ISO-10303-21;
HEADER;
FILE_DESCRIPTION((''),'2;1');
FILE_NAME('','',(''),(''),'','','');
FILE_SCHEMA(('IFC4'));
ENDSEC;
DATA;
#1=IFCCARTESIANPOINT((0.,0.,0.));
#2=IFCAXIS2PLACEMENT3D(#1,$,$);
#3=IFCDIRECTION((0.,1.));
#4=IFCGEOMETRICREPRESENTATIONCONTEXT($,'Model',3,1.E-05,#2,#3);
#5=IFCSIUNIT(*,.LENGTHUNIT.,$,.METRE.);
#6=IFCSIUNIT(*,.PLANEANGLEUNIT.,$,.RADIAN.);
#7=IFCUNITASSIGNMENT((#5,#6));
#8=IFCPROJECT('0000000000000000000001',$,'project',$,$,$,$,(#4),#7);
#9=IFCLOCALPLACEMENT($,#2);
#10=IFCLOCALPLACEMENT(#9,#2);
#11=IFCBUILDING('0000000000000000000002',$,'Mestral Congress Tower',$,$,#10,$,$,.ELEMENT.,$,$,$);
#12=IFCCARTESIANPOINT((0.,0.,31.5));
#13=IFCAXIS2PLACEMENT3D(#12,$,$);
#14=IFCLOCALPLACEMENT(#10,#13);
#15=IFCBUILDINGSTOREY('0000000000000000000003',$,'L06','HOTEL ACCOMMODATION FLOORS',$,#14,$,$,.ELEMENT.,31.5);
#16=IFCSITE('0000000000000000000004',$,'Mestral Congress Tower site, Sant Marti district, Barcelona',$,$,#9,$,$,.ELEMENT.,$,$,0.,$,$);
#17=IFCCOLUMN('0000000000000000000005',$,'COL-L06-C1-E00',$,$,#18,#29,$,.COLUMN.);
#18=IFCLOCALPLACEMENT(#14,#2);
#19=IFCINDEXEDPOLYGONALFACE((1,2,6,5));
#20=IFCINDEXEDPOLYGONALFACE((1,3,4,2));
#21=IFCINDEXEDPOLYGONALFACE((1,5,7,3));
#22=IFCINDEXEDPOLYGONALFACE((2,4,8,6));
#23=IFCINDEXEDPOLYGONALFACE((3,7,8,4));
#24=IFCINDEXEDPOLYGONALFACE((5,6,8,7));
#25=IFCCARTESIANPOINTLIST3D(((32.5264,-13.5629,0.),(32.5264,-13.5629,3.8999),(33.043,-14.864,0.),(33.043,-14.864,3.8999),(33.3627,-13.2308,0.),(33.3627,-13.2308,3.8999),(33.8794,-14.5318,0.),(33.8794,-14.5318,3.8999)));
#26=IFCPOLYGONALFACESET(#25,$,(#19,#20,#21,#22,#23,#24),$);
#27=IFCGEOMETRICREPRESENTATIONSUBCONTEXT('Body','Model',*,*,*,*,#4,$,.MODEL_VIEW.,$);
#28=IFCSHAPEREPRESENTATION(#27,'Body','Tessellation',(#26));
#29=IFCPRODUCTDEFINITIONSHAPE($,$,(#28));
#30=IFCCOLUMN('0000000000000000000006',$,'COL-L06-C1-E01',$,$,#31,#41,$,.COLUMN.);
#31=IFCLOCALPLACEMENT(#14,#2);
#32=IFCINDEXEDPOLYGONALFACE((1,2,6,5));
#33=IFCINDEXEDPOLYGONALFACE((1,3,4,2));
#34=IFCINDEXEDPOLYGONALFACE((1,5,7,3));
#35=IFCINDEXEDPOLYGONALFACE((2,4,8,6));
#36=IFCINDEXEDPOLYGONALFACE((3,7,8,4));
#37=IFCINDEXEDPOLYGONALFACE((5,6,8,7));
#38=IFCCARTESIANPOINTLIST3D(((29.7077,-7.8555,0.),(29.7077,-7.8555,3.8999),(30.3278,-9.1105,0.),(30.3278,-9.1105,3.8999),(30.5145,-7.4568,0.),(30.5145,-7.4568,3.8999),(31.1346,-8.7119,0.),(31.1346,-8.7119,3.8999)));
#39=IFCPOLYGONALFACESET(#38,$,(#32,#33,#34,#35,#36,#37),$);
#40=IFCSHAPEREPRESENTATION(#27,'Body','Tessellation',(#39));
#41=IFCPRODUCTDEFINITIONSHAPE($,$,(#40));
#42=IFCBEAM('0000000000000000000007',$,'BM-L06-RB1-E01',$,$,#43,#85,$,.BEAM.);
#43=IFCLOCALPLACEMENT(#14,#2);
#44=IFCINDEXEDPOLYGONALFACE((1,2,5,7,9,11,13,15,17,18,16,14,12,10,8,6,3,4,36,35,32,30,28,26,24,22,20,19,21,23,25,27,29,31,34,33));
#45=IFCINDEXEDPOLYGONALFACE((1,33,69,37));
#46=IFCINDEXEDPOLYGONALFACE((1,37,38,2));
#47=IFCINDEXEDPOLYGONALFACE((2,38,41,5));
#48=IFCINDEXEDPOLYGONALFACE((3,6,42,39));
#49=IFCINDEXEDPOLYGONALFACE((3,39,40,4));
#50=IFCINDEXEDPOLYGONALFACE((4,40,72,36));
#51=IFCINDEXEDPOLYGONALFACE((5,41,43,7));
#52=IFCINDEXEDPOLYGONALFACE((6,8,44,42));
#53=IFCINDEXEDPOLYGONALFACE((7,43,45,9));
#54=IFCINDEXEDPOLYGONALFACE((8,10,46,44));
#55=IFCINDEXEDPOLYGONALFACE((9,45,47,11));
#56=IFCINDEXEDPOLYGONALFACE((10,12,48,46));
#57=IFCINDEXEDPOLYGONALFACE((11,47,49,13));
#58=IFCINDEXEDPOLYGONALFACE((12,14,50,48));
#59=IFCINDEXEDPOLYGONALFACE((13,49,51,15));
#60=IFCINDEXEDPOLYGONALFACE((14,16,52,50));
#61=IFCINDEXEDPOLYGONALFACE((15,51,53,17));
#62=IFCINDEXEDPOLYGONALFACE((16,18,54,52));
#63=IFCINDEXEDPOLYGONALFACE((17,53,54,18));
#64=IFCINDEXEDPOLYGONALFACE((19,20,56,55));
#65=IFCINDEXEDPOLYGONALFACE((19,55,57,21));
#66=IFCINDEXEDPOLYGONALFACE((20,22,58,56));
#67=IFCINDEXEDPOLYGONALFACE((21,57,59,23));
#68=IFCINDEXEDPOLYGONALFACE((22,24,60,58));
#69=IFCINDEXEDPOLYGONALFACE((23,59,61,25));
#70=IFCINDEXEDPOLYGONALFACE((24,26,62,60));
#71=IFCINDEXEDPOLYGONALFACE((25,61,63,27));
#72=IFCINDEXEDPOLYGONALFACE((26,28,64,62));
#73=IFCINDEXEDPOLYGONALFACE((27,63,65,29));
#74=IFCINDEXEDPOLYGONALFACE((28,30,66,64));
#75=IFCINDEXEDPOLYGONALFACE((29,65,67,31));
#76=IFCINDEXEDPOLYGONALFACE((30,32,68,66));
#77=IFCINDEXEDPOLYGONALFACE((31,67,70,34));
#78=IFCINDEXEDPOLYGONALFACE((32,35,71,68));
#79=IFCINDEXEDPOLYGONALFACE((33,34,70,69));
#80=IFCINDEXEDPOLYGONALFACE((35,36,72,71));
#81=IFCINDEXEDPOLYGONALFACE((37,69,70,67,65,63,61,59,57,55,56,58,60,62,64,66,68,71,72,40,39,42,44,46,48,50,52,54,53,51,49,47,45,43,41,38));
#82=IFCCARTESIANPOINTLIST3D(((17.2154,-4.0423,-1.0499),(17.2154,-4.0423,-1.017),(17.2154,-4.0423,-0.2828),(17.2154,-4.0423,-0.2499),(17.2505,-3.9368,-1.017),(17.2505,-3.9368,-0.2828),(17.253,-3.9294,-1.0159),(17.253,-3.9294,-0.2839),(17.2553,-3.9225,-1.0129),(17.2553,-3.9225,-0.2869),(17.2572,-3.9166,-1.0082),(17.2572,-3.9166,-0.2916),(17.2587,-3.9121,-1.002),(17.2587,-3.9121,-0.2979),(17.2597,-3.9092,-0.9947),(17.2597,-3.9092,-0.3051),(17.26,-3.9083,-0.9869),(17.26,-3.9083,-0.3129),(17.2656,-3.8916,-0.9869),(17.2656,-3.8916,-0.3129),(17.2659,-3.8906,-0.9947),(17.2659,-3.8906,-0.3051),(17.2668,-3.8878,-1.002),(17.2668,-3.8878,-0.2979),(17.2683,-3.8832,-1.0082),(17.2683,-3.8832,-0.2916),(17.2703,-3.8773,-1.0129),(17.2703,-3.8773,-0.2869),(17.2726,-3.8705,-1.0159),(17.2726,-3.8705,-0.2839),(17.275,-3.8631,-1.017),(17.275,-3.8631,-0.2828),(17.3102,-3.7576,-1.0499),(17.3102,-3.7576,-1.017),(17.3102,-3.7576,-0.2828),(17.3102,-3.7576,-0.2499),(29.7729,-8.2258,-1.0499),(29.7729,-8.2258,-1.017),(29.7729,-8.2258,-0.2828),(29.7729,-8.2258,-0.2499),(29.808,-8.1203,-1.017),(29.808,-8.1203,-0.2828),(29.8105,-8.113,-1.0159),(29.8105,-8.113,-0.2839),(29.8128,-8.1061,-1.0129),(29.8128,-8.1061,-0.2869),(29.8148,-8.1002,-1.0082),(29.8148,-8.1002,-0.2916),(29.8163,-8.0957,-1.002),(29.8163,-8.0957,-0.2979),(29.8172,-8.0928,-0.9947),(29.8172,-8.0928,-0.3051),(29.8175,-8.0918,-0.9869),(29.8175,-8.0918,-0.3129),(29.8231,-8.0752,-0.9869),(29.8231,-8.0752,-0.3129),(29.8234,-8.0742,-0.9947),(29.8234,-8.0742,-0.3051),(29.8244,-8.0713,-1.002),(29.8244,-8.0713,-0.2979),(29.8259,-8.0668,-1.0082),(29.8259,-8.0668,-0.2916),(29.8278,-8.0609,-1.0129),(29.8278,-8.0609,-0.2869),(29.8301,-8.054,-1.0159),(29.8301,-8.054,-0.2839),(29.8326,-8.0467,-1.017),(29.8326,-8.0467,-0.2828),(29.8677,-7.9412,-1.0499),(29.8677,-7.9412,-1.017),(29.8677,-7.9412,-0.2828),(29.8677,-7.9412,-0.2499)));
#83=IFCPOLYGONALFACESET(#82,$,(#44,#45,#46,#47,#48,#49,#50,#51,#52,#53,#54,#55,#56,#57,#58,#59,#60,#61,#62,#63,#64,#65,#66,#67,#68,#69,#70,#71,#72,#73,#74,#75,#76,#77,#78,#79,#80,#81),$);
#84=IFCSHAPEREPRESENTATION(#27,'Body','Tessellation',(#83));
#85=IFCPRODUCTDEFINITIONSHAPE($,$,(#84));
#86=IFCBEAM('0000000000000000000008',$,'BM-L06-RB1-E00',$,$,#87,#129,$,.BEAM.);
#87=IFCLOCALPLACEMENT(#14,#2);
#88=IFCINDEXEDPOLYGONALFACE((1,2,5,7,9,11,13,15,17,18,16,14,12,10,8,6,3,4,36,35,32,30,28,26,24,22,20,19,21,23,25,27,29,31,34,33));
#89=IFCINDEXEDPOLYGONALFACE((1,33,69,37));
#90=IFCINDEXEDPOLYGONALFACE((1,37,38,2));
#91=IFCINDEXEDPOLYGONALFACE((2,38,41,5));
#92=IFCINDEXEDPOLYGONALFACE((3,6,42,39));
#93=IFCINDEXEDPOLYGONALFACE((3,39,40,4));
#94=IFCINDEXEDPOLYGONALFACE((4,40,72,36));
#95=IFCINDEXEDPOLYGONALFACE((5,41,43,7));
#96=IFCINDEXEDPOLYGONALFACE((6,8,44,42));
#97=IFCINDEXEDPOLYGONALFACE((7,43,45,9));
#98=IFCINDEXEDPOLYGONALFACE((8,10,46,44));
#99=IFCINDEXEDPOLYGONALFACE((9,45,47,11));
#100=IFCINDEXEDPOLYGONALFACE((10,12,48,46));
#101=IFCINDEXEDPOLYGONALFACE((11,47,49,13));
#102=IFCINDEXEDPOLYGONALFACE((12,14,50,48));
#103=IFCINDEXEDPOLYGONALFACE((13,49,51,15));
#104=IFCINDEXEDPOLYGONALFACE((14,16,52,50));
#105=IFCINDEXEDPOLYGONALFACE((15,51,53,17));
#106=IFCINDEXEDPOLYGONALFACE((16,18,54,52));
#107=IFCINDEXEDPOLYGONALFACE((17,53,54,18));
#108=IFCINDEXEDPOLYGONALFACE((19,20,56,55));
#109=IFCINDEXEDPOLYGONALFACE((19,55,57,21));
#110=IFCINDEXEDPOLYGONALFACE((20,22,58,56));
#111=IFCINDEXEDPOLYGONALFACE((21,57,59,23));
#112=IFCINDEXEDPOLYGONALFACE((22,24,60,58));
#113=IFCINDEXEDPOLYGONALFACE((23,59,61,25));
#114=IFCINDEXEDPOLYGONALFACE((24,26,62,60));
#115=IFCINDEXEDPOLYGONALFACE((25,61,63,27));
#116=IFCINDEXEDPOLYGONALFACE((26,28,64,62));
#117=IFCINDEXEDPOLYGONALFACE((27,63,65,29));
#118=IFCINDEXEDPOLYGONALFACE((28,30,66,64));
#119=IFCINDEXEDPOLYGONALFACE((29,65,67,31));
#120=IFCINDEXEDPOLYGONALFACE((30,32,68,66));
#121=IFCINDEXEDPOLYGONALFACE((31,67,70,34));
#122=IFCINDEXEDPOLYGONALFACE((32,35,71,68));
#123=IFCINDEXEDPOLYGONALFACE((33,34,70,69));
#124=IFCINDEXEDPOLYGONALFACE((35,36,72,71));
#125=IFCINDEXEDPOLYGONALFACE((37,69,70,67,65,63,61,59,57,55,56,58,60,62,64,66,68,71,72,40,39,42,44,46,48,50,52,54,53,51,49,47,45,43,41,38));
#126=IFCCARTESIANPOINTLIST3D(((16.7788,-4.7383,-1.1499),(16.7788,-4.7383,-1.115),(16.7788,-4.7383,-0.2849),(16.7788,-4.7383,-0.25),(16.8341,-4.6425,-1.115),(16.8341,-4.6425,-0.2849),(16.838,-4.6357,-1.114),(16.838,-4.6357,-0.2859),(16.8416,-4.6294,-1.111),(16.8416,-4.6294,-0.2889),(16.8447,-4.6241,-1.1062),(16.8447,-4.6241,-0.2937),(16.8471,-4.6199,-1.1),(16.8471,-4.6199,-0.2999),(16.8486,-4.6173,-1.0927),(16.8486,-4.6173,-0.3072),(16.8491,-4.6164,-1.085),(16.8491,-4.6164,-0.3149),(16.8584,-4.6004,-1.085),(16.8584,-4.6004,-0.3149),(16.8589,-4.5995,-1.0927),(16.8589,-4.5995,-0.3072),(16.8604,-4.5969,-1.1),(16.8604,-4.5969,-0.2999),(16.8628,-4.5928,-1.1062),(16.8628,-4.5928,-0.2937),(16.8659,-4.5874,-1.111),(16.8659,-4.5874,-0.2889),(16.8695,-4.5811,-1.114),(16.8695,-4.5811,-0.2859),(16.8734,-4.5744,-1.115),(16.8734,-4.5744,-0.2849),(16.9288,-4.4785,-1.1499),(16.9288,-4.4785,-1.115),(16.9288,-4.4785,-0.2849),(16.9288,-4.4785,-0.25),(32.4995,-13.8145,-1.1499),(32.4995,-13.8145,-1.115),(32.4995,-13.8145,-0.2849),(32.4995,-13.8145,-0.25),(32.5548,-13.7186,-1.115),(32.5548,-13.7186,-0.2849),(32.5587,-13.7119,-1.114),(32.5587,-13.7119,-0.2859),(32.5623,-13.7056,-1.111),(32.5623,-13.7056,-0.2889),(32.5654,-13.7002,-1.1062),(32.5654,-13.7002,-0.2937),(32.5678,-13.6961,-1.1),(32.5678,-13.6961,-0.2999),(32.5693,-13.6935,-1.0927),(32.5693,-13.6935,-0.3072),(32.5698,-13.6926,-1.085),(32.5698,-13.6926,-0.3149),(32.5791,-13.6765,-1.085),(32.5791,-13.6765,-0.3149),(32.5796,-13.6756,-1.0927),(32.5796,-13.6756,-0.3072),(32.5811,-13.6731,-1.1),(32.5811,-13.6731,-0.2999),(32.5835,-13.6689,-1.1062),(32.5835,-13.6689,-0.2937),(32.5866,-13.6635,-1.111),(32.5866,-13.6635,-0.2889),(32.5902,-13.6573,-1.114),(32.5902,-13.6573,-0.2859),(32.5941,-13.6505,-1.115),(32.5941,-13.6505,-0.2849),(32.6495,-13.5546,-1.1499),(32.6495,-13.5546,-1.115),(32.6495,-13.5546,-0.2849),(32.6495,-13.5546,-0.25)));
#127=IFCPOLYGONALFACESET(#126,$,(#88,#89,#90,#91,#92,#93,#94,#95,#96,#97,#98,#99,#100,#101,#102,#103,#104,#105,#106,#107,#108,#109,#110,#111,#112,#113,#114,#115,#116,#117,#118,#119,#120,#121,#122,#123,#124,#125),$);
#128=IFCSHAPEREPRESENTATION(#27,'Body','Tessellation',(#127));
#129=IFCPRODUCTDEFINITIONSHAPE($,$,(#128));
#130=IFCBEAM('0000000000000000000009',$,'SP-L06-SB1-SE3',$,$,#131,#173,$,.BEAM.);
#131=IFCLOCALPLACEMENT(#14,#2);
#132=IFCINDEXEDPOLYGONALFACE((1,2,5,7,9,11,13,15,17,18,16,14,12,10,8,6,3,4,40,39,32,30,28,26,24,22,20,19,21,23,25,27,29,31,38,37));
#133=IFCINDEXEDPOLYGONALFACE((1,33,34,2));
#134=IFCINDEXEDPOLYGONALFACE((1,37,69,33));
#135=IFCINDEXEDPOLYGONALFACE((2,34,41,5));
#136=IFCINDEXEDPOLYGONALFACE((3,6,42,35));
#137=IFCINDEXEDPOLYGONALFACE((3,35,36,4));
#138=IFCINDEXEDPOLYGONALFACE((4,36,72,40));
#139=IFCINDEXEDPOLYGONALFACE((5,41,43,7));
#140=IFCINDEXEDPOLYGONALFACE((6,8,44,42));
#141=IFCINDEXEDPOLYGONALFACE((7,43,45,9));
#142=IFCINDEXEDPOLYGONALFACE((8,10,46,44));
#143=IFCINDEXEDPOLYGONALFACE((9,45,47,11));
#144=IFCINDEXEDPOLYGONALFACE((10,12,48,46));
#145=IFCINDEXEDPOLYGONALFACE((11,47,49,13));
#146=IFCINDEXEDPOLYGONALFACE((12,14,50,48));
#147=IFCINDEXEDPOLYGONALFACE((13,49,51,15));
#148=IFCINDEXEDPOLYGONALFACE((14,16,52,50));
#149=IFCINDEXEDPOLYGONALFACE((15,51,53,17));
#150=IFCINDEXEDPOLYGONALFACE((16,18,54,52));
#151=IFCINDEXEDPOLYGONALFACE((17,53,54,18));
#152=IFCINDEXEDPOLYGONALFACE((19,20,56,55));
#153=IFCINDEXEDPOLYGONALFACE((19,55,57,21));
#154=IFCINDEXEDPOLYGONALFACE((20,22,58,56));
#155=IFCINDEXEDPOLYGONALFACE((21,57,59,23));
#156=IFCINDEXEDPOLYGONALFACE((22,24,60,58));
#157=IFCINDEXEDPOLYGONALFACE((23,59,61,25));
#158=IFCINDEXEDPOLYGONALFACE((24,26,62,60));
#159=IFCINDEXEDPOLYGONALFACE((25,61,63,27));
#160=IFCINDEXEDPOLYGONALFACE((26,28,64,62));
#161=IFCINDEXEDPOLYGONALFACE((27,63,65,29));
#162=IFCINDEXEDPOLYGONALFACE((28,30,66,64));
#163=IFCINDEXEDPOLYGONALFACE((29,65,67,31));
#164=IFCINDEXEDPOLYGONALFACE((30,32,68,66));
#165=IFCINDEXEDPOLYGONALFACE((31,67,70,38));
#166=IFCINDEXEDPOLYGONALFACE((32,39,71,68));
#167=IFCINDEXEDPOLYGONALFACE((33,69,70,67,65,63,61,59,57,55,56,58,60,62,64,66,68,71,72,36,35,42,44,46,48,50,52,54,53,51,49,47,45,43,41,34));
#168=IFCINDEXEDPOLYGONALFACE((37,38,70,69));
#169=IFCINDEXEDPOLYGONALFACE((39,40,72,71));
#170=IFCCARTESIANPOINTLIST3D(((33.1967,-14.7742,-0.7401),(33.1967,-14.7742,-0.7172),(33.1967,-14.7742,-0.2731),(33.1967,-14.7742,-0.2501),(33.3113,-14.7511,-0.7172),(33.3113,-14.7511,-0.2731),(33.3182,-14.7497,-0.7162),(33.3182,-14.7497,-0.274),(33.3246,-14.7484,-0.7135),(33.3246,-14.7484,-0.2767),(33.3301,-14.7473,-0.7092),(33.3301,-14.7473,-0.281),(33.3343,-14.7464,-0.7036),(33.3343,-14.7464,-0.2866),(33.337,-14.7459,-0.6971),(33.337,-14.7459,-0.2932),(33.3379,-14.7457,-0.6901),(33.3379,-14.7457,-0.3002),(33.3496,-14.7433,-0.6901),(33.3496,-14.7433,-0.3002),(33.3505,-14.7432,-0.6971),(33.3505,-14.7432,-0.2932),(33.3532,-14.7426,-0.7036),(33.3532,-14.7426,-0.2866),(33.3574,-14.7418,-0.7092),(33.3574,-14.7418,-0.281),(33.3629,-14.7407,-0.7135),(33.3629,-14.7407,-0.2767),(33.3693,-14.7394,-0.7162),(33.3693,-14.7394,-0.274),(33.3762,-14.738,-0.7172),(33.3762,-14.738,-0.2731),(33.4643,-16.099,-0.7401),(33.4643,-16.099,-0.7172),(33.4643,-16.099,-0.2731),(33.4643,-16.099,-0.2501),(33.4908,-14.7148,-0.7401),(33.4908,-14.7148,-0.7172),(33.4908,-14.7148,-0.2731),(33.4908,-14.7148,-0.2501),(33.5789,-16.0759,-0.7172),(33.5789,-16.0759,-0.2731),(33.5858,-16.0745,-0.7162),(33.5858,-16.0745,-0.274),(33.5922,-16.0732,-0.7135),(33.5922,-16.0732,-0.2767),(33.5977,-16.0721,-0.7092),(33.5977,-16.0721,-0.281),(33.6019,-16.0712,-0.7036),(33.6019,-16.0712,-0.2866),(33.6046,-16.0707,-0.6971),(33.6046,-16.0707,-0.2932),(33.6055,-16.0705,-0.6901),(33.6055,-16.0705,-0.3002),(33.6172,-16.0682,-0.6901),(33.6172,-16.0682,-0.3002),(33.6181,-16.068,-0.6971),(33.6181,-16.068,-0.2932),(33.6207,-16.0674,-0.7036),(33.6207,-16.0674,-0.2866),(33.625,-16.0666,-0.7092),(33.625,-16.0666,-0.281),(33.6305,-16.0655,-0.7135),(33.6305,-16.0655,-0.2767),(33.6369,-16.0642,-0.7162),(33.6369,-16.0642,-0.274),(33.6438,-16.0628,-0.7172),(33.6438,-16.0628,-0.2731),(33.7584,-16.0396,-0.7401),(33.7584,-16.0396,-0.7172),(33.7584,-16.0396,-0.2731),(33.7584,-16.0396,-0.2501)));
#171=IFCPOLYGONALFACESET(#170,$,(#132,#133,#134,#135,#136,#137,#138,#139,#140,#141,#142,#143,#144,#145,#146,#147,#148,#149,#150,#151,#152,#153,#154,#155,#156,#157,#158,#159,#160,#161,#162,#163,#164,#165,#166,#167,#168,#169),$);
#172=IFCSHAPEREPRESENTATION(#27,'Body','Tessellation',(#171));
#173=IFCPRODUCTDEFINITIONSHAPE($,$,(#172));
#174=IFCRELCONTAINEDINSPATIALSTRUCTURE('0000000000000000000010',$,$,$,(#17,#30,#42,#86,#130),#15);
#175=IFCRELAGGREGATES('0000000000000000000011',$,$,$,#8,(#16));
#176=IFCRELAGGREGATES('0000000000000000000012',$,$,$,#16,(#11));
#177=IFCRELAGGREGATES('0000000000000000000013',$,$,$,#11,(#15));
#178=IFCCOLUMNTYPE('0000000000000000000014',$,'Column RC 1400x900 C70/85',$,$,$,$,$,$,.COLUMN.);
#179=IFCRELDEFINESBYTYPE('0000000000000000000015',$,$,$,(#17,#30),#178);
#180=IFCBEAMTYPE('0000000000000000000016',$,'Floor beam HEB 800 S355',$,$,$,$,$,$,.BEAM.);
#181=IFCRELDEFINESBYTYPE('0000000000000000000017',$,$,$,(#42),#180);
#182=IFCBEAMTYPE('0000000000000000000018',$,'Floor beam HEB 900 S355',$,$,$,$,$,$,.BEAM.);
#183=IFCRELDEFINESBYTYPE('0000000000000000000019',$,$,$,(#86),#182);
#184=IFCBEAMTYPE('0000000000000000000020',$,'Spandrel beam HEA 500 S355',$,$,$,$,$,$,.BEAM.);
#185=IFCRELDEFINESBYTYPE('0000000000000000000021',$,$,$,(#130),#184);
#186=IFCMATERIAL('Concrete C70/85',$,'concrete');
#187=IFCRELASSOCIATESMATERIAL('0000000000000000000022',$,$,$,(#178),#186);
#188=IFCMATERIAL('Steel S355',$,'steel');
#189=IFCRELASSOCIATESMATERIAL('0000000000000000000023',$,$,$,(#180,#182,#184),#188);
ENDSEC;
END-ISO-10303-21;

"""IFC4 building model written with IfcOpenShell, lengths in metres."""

from ifc_helpers import new_model, si_unit, direction, frame, origin, origin_2d, place, context, subcontext, project, spatial, rectangle, i_section, extrude, material, material_profile, profile_set, type_object, element, save


model = new_model("IFC4")

# Units and contexts
model_context = context("Model", 3, precision=1e-05, world=origin(), true_north=direction((0.0, 1.0)))
body_context = subcontext(model_context, "Body", "Model", "MODEL_VIEW")
ifc_project = project(units=[si_unit("LENGTHUNIT", "METRE"), si_unit("PLANEANGLEUNIT", "RADIAN")], contexts=[model_context])

# Site, building, storey
site_placement = place(None, origin())
site = spatial("IfcSite", under=ifc_project, at=site_placement, Name="Mestral Congress Tower site, Sant Marti district, Barcelona", CompositionType="ELEMENT", RefElevation=0.0)
building_placement = place(site_placement, origin())
building = spatial("IfcBuilding", under=site, at=building_placement, Name="Mestral Congress Tower", CompositionType="ELEMENT")
storey_placement = place(building_placement, frame((0.0, 0.0, 31.5)))
storey = spatial("IfcBuildingStorey", under=building, at=storey_placement, Name="L06", Description="HOTEL ACCOMMODATION FLOORS", CompositionType="ELEMENT", Elevation=31.5)

# Columns
ifc_material_1 = material(Name="Concrete C70/85", Category="concrete")
ifc_material_profile_1 = material_profile(ifc_material_1, rectangle(XDim=1.3999, YDim=0.8999, at=origin_2d()), Name="RC 1400x900")
ifc_profile_set_1 = profile_set([ifc_material_profile_1], Name="Concrete C70/85")
column_type = type_object("IfcColumnType", Name="Column RC 1400x900 C70/85", PredefinedType="COLUMN", material=ifc_profile_set_1)
for number, where, z_axis, x_axis, name in (
    (1, (33.2029, -14.0474, 0.0), (0.0, 0.0, 1.0), (-0.36909, 0.929394, 0.0), "COL-L06-C1-E00"),
    (2, (30.4211, -8.2837, 0.0), (0.0, 0.0, 1.0), (-0.442959, 0.896542, 0.0), "COL-L06-C1-E01"),
):
    element("IfcColumn", number, at=place(storey_placement, frame(where, z_axis=z_axis, x_axis=x_axis)), inside=storey, type_object=column_type, Name=name, PredefinedType="COLUMN", context=body_context, shape_type="SweptSolid", body=[
        extrude(rectangle(XDim=1.3999, YDim=0.8999, at=origin_2d()), origin(), (0.0, 0.0, 1.0), 3.8999),
    ])

# Beams
ifc_material_2 = material(Name="Steel S355", Category="steel")
ifc_material_profile_2 = material_profile(ifc_material_2, i_section(OverallWidth=0.3, OverallDepth=0.8, WebThickness=0.0176, FlangeThickness=0.033, FilletRadius=0.03, at=origin_2d()), Name="HEB 800")
ifc_profile_set_2 = profile_set([ifc_material_profile_2], Name="Steel S355")
beam_type_1 = type_object("IfcBeamType", Name="Floor beam HEB 800 S355", PredefinedType="BEAM", material=ifc_profile_set_2)
beam_1_placement = place(storey_placement, frame((29.8203, -8.0835, -0.6499), z_axis=(-0.948735, 0.316073, 0.0), x_axis=(-0.316073, -0.948735, 0.0)))
element("IfcBeam", 3, at=beam_1_placement, inside=storey, type_object=beam_type_1, Name="BM-L06-RB1-E01", PredefinedType="BEAM", context=body_context, shape_type="SweptSolid", body=[
    extrude(i_section(OverallWidth=0.3, OverallDepth=0.8, WebThickness=0.0176, FlangeThickness=0.033, FilletRadius=0.03, at=origin_2d()), origin(), (0.0, 0.0, 1.0), 13.2361),
])
ifc_material_profile_3 = material_profile(ifc_material_2, i_section(OverallWidth=0.3, OverallDepth=0.8999, WebThickness=0.0186, FlangeThickness=0.0349, FilletRadius=0.03, at=origin_2d()), Name="HEB 900")
ifc_profile_set_3 = profile_set([ifc_material_profile_3], Name="Steel S355")
beam_type_2 = type_object("IfcBeamType", Name="Floor beam HEB 900 S355", PredefinedType="BEAM", material=ifc_profile_set_3)
beam_2_placement = place(storey_placement, frame((32.5745, -13.6846, -0.7), z_axis=(-0.86603, 0.499993, 0.0), x_axis=(-0.499993, -0.86603, 0.0)))
element("IfcBeam", 4, at=beam_2_placement, inside=storey, type_object=beam_type_2, Name="BM-L06-RB1-E00", PredefinedType="BEAM", context=body_context, shape_type="SweptSolid", body=[
    extrude(i_section(OverallWidth=0.3, OverallDepth=0.8999, WebThickness=0.0186, FlangeThickness=0.0349, FilletRadius=0.03, at=origin_2d()), origin(), (0.0, 0.0, 1.0), 18.1526),
])
ifc_material_profile_4 = material_profile(ifc_material_2, i_section(OverallWidth=0.3, OverallDepth=0.49, WebThickness=0.012, FlangeThickness=0.0229, FilletRadius=0.0271, at=origin_2d()), Name="HEA 500")
ifc_profile_set_4 = profile_set([ifc_material_profile_4], Name="Steel S355")
beam_type_3 = type_object("IfcBeamType", Name="Spandrel beam HEA 500 S355", PredefinedType="BEAM", material=ifc_profile_set_4)
beam_3_placement = place(storey_placement, frame((33.6113, -16.0693, -0.4951), z_axis=(-0.197992, 0.980204, 0.0), x_axis=(-0.980204, -0.197992, 0.0)))
element("IfcBeam", 5, at=beam_3_placement, inside=storey, type_object=beam_type_3, Name="SP-L06-SB1-SE3", PredefinedType="BEAM", context=body_context, shape_type="SweptSolid", body=[
    extrude(i_section(OverallWidth=0.3, OverallDepth=0.49, WebThickness=0.012, FlangeThickness=0.0229, FilletRadius=0.0271, at=origin_2d()), origin(), (0.0, 0.0, 1.0), 1.3516),
])

save(model, "model.ifc")
